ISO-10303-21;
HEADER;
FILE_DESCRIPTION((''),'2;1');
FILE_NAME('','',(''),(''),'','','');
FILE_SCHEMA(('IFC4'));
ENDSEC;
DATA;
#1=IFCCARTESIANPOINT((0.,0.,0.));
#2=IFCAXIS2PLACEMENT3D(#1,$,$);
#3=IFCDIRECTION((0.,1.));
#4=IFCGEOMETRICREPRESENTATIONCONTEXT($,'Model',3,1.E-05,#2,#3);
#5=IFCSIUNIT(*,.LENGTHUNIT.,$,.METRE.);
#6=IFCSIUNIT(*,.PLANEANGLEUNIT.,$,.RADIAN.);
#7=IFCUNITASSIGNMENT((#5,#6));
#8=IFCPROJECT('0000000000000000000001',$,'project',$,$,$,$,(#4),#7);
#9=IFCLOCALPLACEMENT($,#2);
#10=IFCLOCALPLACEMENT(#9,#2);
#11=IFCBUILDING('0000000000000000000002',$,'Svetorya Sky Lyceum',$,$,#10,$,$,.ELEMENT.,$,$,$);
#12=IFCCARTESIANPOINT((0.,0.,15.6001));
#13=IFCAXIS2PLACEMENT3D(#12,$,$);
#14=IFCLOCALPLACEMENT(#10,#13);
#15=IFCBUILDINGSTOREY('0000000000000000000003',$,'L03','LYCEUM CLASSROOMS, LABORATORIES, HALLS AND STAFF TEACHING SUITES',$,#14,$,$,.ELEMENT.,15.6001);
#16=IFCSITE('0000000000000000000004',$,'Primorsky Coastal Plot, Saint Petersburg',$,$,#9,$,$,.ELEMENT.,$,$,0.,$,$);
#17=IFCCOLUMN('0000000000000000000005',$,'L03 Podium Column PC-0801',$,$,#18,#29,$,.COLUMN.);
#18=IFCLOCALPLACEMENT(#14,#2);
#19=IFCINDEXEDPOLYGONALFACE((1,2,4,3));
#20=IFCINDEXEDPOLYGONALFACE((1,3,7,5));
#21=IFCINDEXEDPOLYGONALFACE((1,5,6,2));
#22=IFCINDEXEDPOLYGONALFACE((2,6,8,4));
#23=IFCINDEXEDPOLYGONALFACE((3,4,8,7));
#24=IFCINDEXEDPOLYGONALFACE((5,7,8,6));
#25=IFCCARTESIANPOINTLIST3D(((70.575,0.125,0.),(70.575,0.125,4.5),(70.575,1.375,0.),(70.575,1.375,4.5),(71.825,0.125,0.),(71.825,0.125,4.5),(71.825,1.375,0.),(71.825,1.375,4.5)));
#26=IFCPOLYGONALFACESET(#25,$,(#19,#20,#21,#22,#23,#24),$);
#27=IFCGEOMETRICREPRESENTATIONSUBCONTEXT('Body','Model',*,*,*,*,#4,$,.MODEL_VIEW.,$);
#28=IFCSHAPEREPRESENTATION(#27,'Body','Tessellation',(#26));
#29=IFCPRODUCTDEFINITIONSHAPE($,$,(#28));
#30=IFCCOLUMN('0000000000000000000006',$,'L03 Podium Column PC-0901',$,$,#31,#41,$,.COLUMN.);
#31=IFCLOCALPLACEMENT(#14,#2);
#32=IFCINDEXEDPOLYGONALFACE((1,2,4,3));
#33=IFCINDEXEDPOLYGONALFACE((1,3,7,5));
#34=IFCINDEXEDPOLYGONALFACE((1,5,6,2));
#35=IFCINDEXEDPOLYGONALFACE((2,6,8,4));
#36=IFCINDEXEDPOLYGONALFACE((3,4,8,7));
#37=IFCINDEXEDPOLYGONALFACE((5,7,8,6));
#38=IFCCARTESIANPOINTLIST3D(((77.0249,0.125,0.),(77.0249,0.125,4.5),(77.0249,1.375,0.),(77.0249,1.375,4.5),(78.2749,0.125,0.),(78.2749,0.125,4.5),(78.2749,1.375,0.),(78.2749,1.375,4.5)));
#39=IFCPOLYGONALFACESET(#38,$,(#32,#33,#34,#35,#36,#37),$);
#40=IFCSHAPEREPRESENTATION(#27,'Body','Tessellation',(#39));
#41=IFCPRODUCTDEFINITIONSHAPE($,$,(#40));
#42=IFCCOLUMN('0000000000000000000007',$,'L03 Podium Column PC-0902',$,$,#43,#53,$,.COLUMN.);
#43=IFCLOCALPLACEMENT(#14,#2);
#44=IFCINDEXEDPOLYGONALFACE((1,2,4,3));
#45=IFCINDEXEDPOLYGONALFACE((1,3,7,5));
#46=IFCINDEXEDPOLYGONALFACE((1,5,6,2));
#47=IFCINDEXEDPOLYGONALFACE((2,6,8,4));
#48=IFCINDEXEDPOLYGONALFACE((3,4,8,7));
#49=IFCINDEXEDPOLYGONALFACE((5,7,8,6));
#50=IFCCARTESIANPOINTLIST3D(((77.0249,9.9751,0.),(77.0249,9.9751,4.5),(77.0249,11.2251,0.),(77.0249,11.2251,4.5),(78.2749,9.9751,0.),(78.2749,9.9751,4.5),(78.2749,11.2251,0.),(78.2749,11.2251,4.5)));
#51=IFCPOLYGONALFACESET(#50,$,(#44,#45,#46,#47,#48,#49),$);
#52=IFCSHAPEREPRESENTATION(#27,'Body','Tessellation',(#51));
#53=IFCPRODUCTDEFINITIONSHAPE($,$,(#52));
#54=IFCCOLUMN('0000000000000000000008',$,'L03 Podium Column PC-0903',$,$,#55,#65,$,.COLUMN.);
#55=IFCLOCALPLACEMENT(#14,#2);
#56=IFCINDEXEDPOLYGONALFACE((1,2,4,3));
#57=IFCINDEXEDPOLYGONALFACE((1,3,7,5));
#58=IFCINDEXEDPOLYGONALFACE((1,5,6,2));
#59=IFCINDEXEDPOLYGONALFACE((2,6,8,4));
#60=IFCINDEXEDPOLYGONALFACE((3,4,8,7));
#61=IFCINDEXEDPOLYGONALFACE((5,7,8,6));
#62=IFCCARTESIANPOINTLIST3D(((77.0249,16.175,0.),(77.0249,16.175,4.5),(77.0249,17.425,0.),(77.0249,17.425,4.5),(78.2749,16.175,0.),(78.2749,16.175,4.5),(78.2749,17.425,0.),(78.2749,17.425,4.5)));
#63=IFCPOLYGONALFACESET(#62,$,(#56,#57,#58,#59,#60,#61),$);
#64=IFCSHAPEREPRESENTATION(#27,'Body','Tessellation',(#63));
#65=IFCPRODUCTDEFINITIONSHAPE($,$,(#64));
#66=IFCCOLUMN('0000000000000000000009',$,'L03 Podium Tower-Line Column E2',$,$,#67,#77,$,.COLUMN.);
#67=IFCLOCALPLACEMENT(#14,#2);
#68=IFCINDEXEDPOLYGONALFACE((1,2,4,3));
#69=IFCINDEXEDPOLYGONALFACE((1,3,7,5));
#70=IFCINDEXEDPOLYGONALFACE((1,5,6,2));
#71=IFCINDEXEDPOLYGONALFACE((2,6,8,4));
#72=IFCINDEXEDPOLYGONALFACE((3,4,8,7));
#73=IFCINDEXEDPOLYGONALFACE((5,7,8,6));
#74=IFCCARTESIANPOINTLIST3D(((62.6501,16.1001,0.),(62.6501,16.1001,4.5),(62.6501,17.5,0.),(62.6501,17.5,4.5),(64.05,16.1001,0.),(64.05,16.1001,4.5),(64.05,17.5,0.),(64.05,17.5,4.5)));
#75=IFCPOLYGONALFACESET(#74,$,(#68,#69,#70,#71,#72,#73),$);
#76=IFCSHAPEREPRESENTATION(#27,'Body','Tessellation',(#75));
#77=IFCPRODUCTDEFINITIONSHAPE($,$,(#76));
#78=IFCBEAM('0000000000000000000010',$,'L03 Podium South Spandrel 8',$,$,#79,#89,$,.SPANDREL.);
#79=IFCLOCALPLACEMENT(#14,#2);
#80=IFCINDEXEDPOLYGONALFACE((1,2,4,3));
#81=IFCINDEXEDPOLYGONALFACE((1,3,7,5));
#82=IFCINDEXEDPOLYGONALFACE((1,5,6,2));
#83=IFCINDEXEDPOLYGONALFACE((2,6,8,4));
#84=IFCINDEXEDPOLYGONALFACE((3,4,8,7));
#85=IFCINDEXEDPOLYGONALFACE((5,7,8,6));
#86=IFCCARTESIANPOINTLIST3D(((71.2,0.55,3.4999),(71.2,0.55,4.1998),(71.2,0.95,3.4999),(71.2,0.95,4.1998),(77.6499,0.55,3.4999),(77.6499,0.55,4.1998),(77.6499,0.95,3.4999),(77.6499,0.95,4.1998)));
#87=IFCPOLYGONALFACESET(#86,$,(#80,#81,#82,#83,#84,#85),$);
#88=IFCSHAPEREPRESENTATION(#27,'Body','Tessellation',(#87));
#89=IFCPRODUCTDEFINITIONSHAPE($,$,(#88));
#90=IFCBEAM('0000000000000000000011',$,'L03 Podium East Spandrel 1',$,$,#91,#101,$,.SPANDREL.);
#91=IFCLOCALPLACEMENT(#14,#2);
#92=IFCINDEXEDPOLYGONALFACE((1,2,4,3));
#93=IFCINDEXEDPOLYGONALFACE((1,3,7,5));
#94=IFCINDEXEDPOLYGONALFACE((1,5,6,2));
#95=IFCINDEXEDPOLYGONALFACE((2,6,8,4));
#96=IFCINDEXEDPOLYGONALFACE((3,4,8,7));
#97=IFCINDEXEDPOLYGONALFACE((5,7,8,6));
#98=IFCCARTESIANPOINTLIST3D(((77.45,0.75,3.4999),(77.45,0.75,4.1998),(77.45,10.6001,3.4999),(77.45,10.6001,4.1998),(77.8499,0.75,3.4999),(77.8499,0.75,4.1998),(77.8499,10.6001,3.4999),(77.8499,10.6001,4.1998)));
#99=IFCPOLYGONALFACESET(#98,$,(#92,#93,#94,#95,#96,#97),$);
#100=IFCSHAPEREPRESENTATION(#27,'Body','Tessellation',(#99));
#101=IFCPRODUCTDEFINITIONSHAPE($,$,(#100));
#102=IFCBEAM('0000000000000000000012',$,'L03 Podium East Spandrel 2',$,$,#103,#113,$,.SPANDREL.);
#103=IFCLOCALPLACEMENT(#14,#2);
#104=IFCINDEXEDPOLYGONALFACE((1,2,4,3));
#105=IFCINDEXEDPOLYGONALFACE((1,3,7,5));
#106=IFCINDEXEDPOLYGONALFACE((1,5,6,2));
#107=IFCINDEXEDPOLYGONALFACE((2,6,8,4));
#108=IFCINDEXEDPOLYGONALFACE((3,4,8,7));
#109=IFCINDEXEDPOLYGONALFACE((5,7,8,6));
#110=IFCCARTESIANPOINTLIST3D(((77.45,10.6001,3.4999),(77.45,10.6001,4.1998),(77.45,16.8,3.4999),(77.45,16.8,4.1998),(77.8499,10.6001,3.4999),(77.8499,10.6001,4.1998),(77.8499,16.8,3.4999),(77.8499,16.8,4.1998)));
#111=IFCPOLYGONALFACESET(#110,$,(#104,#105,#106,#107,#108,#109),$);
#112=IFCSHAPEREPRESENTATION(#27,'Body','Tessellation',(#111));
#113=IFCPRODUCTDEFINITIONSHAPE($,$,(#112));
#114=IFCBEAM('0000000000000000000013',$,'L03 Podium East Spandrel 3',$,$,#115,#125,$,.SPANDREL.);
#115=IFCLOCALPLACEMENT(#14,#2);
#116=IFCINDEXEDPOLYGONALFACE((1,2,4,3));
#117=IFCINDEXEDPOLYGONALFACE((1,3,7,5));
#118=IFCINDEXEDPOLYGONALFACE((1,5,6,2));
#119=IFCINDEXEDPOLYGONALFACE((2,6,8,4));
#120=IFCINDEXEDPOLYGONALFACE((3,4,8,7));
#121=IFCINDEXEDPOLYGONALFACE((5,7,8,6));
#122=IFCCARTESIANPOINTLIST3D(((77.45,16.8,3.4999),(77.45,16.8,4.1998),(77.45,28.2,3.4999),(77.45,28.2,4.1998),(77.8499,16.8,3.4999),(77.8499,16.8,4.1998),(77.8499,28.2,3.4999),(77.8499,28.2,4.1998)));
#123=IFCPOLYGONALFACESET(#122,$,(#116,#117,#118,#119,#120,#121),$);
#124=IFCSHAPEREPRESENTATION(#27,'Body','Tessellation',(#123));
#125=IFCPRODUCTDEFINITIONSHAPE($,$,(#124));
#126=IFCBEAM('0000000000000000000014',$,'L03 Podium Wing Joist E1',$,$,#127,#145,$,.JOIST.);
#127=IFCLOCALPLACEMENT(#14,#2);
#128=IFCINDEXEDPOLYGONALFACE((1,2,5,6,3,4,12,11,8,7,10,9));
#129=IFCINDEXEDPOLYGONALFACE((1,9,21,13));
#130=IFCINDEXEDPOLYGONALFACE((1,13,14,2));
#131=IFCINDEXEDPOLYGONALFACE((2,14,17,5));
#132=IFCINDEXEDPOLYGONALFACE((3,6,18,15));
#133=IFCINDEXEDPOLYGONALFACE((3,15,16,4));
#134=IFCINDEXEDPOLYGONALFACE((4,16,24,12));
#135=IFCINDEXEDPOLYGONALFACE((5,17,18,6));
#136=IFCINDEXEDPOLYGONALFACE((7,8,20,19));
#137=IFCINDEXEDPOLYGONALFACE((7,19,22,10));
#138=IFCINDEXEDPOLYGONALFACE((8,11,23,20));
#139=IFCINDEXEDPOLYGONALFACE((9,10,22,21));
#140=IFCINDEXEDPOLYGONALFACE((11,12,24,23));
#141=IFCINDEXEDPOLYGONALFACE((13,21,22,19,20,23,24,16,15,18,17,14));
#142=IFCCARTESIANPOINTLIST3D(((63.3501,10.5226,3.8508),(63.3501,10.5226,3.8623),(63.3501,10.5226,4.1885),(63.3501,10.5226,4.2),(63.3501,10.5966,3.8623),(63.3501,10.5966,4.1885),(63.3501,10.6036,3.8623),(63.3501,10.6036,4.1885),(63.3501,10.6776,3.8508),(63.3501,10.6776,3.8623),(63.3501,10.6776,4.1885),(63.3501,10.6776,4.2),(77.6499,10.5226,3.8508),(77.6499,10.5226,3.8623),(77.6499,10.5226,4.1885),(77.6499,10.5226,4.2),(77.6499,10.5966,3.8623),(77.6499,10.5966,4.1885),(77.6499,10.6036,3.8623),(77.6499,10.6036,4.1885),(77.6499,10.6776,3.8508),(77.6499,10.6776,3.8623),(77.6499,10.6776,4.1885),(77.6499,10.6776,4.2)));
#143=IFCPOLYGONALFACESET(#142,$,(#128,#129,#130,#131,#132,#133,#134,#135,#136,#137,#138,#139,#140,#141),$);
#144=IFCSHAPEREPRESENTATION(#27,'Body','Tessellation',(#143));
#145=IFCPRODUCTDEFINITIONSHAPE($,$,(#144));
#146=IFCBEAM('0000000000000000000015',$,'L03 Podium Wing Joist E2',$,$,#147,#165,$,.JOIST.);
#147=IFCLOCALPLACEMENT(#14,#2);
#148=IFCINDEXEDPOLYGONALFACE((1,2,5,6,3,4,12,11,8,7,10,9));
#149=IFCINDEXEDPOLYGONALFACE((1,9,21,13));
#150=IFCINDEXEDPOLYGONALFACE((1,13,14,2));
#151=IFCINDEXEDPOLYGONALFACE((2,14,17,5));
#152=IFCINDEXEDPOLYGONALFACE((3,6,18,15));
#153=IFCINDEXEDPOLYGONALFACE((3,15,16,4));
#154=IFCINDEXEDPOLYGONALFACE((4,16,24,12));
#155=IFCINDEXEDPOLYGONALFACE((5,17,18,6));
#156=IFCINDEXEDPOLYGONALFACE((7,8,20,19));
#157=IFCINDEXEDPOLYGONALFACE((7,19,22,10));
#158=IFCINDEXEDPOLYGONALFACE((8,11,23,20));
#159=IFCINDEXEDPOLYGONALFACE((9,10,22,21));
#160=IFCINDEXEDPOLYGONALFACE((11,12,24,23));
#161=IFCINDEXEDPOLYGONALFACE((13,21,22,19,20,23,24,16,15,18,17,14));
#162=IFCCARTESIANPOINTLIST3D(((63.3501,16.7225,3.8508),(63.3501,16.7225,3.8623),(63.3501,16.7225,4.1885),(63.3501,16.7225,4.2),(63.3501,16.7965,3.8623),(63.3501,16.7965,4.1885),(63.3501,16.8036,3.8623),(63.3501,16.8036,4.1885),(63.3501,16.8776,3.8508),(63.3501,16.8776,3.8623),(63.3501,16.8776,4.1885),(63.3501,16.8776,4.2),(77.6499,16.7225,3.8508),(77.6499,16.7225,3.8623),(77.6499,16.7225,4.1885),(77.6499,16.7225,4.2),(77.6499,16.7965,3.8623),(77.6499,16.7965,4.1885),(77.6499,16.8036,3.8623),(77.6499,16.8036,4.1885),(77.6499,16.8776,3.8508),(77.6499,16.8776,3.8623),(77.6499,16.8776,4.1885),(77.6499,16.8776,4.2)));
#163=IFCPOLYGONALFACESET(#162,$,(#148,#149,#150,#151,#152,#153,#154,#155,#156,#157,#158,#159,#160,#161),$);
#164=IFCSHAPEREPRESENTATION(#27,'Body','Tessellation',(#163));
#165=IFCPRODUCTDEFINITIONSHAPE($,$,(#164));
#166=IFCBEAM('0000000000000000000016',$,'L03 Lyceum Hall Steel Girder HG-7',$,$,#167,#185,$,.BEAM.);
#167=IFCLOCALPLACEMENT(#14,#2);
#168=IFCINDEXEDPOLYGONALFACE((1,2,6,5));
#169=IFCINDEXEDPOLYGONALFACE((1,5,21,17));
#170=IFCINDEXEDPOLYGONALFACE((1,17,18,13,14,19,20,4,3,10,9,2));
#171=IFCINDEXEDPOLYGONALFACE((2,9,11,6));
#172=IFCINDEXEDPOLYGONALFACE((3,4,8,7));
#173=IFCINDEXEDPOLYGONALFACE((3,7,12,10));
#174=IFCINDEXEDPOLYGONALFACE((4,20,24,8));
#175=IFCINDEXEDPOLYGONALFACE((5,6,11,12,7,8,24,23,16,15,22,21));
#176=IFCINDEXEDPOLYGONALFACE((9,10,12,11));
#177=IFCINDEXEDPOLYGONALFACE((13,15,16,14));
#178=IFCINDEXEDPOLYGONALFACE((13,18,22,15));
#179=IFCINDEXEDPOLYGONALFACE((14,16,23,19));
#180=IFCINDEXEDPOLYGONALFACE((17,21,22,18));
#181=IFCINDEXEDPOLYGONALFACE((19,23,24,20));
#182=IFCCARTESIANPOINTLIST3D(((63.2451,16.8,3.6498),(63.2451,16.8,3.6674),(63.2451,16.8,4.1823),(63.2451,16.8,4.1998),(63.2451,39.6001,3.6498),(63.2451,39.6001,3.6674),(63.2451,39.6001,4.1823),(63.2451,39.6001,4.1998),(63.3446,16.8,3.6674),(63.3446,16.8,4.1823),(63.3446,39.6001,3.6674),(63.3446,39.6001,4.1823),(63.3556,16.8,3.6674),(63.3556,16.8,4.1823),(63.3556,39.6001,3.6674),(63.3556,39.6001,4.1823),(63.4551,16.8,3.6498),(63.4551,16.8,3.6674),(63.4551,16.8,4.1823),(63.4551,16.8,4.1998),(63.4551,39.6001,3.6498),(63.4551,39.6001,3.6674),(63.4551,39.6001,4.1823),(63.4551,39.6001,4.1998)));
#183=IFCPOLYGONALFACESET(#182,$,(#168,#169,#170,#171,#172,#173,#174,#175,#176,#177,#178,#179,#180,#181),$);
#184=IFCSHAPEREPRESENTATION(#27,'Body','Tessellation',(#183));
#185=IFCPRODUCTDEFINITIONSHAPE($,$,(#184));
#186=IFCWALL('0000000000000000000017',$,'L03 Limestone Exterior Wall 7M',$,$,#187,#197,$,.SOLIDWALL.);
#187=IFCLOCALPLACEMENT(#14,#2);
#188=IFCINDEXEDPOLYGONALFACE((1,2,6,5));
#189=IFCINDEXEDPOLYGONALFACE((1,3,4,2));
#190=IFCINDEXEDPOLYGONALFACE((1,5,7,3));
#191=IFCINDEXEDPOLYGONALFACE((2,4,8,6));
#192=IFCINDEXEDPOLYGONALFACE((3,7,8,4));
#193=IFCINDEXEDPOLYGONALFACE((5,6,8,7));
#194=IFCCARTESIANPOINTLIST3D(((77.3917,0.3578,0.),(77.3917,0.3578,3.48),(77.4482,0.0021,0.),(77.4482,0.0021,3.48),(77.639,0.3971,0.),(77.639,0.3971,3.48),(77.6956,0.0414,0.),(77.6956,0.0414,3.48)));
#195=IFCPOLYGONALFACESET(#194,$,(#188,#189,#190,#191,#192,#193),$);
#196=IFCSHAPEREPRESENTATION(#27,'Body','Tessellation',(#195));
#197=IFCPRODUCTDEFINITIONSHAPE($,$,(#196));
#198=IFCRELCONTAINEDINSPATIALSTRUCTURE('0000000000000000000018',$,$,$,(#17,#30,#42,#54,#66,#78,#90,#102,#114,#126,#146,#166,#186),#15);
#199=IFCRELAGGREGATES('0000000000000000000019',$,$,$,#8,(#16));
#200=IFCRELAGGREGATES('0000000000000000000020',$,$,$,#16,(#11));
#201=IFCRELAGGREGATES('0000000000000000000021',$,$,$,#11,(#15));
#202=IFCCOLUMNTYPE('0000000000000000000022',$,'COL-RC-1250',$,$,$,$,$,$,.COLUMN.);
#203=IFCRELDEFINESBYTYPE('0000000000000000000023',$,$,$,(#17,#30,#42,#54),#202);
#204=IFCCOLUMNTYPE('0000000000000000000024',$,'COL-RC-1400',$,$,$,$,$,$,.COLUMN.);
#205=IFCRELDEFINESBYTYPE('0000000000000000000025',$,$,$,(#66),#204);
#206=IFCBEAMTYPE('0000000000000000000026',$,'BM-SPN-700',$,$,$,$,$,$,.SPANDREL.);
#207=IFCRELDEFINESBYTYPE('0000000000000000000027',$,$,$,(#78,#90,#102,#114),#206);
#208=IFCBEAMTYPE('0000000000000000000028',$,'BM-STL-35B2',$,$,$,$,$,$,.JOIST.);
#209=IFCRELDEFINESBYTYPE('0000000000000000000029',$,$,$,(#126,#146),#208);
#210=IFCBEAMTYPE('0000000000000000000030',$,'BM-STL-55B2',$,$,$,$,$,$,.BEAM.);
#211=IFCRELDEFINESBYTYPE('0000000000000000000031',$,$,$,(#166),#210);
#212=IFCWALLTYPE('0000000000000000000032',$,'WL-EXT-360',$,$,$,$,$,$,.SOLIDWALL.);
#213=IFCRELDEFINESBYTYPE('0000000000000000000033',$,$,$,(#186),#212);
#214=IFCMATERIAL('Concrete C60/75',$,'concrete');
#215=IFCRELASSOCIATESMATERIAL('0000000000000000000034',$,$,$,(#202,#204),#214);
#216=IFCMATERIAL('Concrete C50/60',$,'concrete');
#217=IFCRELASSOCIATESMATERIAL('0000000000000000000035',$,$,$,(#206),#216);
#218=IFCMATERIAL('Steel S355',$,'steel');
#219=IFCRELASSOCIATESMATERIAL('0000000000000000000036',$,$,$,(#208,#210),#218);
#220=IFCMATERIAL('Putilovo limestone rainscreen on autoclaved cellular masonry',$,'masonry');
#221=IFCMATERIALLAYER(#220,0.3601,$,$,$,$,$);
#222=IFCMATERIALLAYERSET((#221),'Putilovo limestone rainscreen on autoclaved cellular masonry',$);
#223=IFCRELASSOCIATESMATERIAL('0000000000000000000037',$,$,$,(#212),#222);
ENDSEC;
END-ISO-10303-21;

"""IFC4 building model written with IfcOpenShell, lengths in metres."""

from ifc_helpers import new_model, si_unit, direction, frame, frame_2d, origin, origin_2d, place, context, subcontext, project, spatial, rectangle, i_section, extrude, material, layer, layer_set, material_profile, profile_set, type_object, element, save


model = new_model("IFC4")

# Units and contexts
model_context = context("Model", 3, precision=1e-05, world=origin(), true_north=direction((0.0, 1.0)))
body_context = subcontext(model_context, "Body", "Model", "MODEL_VIEW")
ifc_project = project(units=[si_unit("LENGTHUNIT", "METRE"), si_unit("PLANEANGLEUNIT", "RADIAN")], contexts=[model_context])

# Site, building, storey
site_placement = place(None, origin())
site = spatial("IfcSite", under=ifc_project, at=site_placement, Name="Primorsky Coastal Plot, Saint Petersburg", CompositionType="ELEMENT", RefElevation=0.0)
building_placement = place(site_placement, origin())
building = spatial("IfcBuilding", under=site, at=building_placement, Name="Svetorya Sky Lyceum", CompositionType="ELEMENT")
storey_placement = place(building_placement, frame((0.0, 0.0, 15.6001)))
storey = spatial("IfcBuildingStorey", under=building, at=storey_placement, Name="L03", Description="LYCEUM CLASSROOMS, LABORATORIES, HALLS AND STAFF TEACHING SUITES", CompositionType="ELEMENT", Elevation=15.6001)

# Columns
ifc_material_1 = material(Name="Concrete C60/75", Category="concrete")
ifc_material_profile_1 = material_profile(ifc_material_1, rectangle(XDim=1.25, YDim=1.25, at=origin_2d()), Name="RC COL 1250x1250")
ifc_profile_set_1 = profile_set([ifc_material_profile_1], Name="Concrete C60/75")
column_type_1 = type_object("IfcColumnType", Name="COL-RC-1250", PredefinedType="COLUMN", material=ifc_profile_set_1)
for number, where, z_axis, x_axis, name in (
    (1, (71.2, 0.75, 0.0), (0.0, 0.0, 1.0), (1.0, 0.0, 0.0), "L03 Podium Column PC-0801"),
    (2, (77.6499, 0.75, 0.0), (0.0, 0.0, 1.0), (1.0, 0.0, 0.0), "L03 Podium Column PC-0901"),
    (3, (77.6499, 10.6001, 0.0), (0.0, 0.0, 1.0), (1.0, 0.0, 0.0), "L03 Podium Column PC-0902"),
    (4, (77.6499, 16.8, 0.0), (0.0, 0.0, 1.0), (1.0, 0.0, 0.0), "L03 Podium Column PC-0903"),
):
    element("IfcColumn", number, at=place(storey_placement, frame(where, z_axis=z_axis, x_axis=x_axis)), inside=storey, type_object=column_type_1, Name=name, PredefinedType="COLUMN", context=body_context, shape_type="SweptSolid", body=[
        extrude(rectangle(XDim=1.25, YDim=1.25, at=origin_2d()), origin(), (0.0, 0.0, 1.0), 4.5),
    ])
ifc_material_profile_2 = material_profile(ifc_material_1, rectangle(XDim=1.3999, YDim=1.3999, at=origin_2d()), Name="RC COL 1400x1400")
ifc_profile_set_2 = profile_set([ifc_material_profile_2], Name="Concrete C60/75")
column_type_2 = type_object("IfcColumnType", Name="COL-RC-1400", PredefinedType="COLUMN", material=ifc_profile_set_2)
column_placement = place(storey_placement, frame((63.3501, 16.8, 0.0), z_axis=(0.0, 0.0, 1.0), x_axis=(1.0, 0.0, 0.0)))
element("IfcColumn", 5, at=column_placement, inside=storey, type_object=column_type_2, Name="L03 Podium Tower-Line Column E2", PredefinedType="COLUMN", context=body_context, shape_type="SweptSolid", body=[
    extrude(rectangle(XDim=1.3999, YDim=1.3999, at=origin_2d()), origin(), (0.0, 0.0, 1.0), 4.5),
])

# Beams
ifc_material_2 = material(Name="Concrete C50/60", Category="concrete")
ifc_material_profile_3 = material_profile(ifc_material_2, rectangle(XDim=0.3999, YDim=0.7, at=origin_2d()), Name="RC SPANDREL 400x700")
ifc_profile_set_3 = profile_set([ifc_material_profile_3], Name="Concrete C50/60")
beam_type_1 = type_object("IfcBeamType", Name="BM-SPN-700", PredefinedType="SPANDREL", material=ifc_profile_set_3)
beam_1_placement = place(storey_placement, frame((71.2, 0.75, 3.8499), z_axis=(1.0, 0.0, 0.0), x_axis=(0.0, 1.0, 0.0)))
element("IfcBeam", 6, at=beam_1_placement, inside=storey, type_object=beam_type_1, Name="L03 Podium South Spandrel 8", PredefinedType="SPANDREL", context=body_context, shape_type="SweptSolid", body=[
    extrude(rectangle(XDim=0.3999, YDim=0.7, at=origin_2d()), origin(), (0.0, 0.0, 1.0), 6.45),
])
beam_2_placement = place(storey_placement, frame((77.6499, 0.75, 3.8499), z_axis=(0.0, 1.0, 0.0), x_axis=(-1.0, 0.0, 0.0)))
element("IfcBeam", 7, at=beam_2_placement, inside=storey, type_object=beam_type_1, Name="L03 Podium East Spandrel 1", PredefinedType="SPANDREL", context=body_context, shape_type="SweptSolid", body=[
    extrude(rectangle(XDim=0.3999, YDim=0.7, at=origin_2d()), origin(), (0.0, 0.0, 1.0), 9.8501),
])
beam_3_placement = place(storey_placement, frame((77.6499, 10.6001, 3.8499), z_axis=(0.0, 1.0, 0.0), x_axis=(-1.0, 0.0, 0.0)))
element("IfcBeam", 8, at=beam_3_placement, inside=storey, type_object=beam_type_1, Name="L03 Podium East Spandrel 2", PredefinedType="SPANDREL", context=body_context, shape_type="SweptSolid", body=[
    extrude(rectangle(XDim=0.3999, YDim=0.7, at=origin_2d()), origin(), (0.0, 0.0, 1.0), 6.2),
])
beam_4_placement = place(storey_placement, frame((77.6499, 16.8, 3.8499), z_axis=(0.0, 1.0, 0.0), x_axis=(-1.0, 0.0, 0.0)))
element("IfcBeam", 9, at=beam_4_placement, inside=storey, type_object=beam_type_1, Name="L03 Podium East Spandrel 3", PredefinedType="SPANDREL", context=body_context, shape_type="SweptSolid", body=[
    extrude(rectangle(XDim=0.3999, YDim=0.7, at=origin_2d()), origin(), (0.0, 0.0, 1.0), 11.3999),
])
ifc_material_3 = material(Name="Steel S355", Category="steel")
ifc_material_profile_4 = material_profile(ifc_material_3, i_section(OverallWidth=0.155, OverallDepth=0.3491, WebThickness=0.0071, FlangeThickness=0.0115, at=origin_2d()), Name="GOST 35B2")
ifc_profile_set_4 = profile_set([ifc_material_profile_4], Name="Steel S355")
beam_type_2 = type_object("IfcBeamType", Name="BM-STL-35B2", PredefinedType="JOIST", material=ifc_profile_set_4)
for number, where, z_axis, x_axis, name in (
    (10, (63.3501, 10.6001, 4.0254), (1.0, 0.0, 0.0), (0.0, 1.0, 0.0), "L03 Podium Wing Joist E1"),
    (11, (63.3501, 16.8, 4.0254), (1.0, 0.0, 0.0), (0.0, 1.0, 0.0), "L03 Podium Wing Joist E2"),
):
    element("IfcBeam", number, at=place(storey_placement, frame(where, z_axis=z_axis, x_axis=x_axis)), inside=storey, type_object=beam_type_2, Name=name, PredefinedType="JOIST", context=body_context, shape_type="SweptSolid", body=[
        extrude(i_section(OverallWidth=0.155, OverallDepth=0.3491, WebThickness=0.0071, FlangeThickness=0.0115, at=origin_2d()), origin(), (0.0, 0.0, 1.0), 14.2998),
    ])
ifc_material_profile_5 = material_profile(ifc_material_3, i_section(OverallWidth=0.21, OverallDepth=0.55, WebThickness=0.011, FlangeThickness=0.0176, at=origin_2d()), Name="GOST 55B2")
ifc_profile_set_5 = profile_set([ifc_material_profile_5], Name="Steel S355")
beam_type_3 = type_object("IfcBeamType", Name="BM-STL-55B2", PredefinedType="BEAM", material=ifc_profile_set_5)
beam_5_placement = place(storey_placement, frame((63.3501, 16.8, 3.9248), z_axis=(0.0, 1.0, 0.0), x_axis=(-1.0, 0.0, 0.0)))
element("IfcBeam", 12, at=beam_5_placement, inside=storey, type_object=beam_type_3, Name="L03 Lyceum Hall Steel Girder HG-7", PredefinedType="BEAM", context=body_context, shape_type="SweptSolid", body=[
    extrude(i_section(OverallWidth=0.21, OverallDepth=0.55, WebThickness=0.011, FlangeThickness=0.0176, at=origin_2d()), origin(), (0.0, 0.0, 1.0), 22.8),
])

# Wall
ifc_material_4 = material(Name="Putilovo limestone rainscreen on autoclaved cellular masonry", Category="masonry")
ifc_layer_1 = layer(ifc_material_4, 0.3601)
ifc_layer_set_1 = layer_set([ifc_layer_1], Name="Putilovo limestone rainscreen on autoclaved cellular masonry")
wall_type_1 = type_object("IfcWallType", Name="WL-EXT-360", PredefinedType="SOLIDWALL", material=ifc_layer_set_1)
wall_1_placement = place(storey_placement, frame((77.4199, 0.1799, 0.0), z_axis=(0.0, 0.0, 1.0), x_axis=(0.987604, 0.156964, 0.0)))
element("IfcWall", 13, at=wall_1_placement, inside=storey, type_object=wall_type_1, Name="L03 Limestone Exterior Wall 7M", PredefinedType="SOLIDWALL", context=body_context, shape_type="SweptSolid", body=[
    extrude(rectangle(XDim=0.2505, YDim=0.3601, at=frame_2d((0.1252, 0.0))), origin(), (0.0, 0.0, 1.0), 3.48),
])

save(model, "model.ifc")
